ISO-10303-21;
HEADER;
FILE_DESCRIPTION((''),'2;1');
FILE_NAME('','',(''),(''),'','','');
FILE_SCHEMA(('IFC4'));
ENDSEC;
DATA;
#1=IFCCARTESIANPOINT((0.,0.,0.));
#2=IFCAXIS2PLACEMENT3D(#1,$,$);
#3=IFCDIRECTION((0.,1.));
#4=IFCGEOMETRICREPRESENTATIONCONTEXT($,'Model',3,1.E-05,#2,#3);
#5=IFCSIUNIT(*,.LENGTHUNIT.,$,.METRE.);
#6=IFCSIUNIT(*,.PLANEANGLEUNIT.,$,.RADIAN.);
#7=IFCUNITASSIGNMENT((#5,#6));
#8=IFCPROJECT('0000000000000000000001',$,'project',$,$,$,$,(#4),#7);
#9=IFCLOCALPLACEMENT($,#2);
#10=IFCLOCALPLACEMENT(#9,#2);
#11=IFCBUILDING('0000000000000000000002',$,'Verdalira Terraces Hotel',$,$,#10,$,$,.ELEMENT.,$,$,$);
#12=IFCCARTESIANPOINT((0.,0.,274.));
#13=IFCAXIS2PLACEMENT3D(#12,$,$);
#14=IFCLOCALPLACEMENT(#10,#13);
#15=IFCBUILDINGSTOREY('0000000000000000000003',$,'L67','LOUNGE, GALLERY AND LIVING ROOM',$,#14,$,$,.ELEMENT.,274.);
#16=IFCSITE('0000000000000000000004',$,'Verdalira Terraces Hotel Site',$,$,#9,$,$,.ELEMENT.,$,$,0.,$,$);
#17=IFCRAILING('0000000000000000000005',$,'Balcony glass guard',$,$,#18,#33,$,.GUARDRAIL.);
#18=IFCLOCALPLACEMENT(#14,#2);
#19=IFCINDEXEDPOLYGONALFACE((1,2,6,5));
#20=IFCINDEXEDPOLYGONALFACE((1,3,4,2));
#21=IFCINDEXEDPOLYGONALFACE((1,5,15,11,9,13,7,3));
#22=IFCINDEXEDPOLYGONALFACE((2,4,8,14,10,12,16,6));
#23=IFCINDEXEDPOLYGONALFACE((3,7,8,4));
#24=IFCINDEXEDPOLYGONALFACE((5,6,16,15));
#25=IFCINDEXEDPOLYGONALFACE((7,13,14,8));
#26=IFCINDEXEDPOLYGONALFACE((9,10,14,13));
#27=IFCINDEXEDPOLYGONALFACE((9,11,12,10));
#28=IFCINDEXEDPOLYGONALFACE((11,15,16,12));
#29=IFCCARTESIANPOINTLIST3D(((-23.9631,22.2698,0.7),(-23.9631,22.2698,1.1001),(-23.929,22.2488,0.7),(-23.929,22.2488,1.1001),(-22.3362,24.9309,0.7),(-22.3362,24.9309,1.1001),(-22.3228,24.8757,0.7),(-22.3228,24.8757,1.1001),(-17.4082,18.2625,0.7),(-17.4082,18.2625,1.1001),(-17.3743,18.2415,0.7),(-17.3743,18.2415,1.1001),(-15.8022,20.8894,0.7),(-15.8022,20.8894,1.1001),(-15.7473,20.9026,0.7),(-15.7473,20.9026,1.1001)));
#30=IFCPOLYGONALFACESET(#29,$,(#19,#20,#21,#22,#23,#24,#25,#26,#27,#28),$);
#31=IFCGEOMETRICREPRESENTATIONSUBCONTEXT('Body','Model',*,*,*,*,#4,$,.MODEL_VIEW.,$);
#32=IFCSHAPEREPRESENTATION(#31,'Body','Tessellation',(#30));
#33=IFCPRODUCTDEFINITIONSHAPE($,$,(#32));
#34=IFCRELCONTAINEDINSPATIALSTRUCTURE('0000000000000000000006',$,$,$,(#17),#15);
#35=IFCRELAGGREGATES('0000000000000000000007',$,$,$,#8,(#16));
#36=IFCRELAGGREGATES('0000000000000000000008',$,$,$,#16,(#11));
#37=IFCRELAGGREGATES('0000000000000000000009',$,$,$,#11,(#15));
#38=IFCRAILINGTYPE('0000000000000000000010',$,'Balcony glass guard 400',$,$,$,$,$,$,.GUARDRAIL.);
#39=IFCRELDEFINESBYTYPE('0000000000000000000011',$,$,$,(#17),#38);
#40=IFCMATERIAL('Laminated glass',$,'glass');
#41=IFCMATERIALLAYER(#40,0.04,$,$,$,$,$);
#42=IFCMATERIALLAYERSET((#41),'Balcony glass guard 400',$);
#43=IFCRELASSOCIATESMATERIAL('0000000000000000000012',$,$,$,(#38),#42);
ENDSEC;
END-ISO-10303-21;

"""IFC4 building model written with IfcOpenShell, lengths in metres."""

from ifc_helpers import new_model, si_unit, direction, frame, origin, place, context, subcontext, project, spatial, polyline, outline, extrude, material, layer, layer_set, type_object, element, save


model = new_model("IFC4")

# Units and contexts
model_context = context("Model", 3, precision=1e-05, world=origin(), true_north=direction((0.0, 1.0)))
body_context = subcontext(model_context, "Body", "Model", "MODEL_VIEW")
ifc_project = project(units=[si_unit("LENGTHUNIT", "METRE"), si_unit("PLANEANGLEUNIT", "RADIAN")], contexts=[model_context])

# Site, building, storey
site_placement = place(None, origin())
site = spatial("IfcSite", under=ifc_project, at=site_placement, Name="Verdalira Terraces Hotel Site", CompositionType="ELEMENT", RefElevation=0.0)
building_placement = place(site_placement, origin())
building = spatial("IfcBuilding", under=site, at=building_placement, Name="Verdalira Terraces Hotel", CompositionType="ELEMENT")
storey_placement = place(building_placement, frame((0.0, 0.0, 274.0)))
storey = spatial("IfcBuildingStorey", under=building, at=storey_placement, Name="L67", Description="LOUNGE, GALLERY AND LIVING ROOM", CompositionType="ELEMENT", Elevation=274.0)

# Railing
ifc_material_1 = material(Name="Laminated glass", Category="glass")
ifc_layer_1 = layer(ifc_material_1, 0.04)
ifc_layer_set_1 = layer_set([ifc_layer_1], Name="Balcony glass guard 400")
railing_type = type_object("IfcRailingType", Name="Balcony glass guard 400", PredefinedType="GUARDRAIL", material=ifc_layer_set_1)
railing_1_placement = place(storey_placement, frame((0.0, 0.0, 0.7)))
element("IfcRailing", 1, at=railing_1_placement, inside=storey, type_object=railing_type, Name="Balcony glass guard", PredefinedType="GUARDRAIL", context=body_context, shape_type="SweptSolid", body=[
    extrude(outline(polyline([(-15.8022, 20.8894), (-22.3228, 24.8757), (-23.929, 22.2488), (-23.9631, 22.2698), (-22.3362, 24.9309), (-15.7473, 20.9026), (-17.3743, 18.2415), (-17.4082, 18.2625), (-15.8022, 20.8894)])), origin(), (0.0, 0.0, 1.0), 0.4001),
])

save(model, "model.ifc")
